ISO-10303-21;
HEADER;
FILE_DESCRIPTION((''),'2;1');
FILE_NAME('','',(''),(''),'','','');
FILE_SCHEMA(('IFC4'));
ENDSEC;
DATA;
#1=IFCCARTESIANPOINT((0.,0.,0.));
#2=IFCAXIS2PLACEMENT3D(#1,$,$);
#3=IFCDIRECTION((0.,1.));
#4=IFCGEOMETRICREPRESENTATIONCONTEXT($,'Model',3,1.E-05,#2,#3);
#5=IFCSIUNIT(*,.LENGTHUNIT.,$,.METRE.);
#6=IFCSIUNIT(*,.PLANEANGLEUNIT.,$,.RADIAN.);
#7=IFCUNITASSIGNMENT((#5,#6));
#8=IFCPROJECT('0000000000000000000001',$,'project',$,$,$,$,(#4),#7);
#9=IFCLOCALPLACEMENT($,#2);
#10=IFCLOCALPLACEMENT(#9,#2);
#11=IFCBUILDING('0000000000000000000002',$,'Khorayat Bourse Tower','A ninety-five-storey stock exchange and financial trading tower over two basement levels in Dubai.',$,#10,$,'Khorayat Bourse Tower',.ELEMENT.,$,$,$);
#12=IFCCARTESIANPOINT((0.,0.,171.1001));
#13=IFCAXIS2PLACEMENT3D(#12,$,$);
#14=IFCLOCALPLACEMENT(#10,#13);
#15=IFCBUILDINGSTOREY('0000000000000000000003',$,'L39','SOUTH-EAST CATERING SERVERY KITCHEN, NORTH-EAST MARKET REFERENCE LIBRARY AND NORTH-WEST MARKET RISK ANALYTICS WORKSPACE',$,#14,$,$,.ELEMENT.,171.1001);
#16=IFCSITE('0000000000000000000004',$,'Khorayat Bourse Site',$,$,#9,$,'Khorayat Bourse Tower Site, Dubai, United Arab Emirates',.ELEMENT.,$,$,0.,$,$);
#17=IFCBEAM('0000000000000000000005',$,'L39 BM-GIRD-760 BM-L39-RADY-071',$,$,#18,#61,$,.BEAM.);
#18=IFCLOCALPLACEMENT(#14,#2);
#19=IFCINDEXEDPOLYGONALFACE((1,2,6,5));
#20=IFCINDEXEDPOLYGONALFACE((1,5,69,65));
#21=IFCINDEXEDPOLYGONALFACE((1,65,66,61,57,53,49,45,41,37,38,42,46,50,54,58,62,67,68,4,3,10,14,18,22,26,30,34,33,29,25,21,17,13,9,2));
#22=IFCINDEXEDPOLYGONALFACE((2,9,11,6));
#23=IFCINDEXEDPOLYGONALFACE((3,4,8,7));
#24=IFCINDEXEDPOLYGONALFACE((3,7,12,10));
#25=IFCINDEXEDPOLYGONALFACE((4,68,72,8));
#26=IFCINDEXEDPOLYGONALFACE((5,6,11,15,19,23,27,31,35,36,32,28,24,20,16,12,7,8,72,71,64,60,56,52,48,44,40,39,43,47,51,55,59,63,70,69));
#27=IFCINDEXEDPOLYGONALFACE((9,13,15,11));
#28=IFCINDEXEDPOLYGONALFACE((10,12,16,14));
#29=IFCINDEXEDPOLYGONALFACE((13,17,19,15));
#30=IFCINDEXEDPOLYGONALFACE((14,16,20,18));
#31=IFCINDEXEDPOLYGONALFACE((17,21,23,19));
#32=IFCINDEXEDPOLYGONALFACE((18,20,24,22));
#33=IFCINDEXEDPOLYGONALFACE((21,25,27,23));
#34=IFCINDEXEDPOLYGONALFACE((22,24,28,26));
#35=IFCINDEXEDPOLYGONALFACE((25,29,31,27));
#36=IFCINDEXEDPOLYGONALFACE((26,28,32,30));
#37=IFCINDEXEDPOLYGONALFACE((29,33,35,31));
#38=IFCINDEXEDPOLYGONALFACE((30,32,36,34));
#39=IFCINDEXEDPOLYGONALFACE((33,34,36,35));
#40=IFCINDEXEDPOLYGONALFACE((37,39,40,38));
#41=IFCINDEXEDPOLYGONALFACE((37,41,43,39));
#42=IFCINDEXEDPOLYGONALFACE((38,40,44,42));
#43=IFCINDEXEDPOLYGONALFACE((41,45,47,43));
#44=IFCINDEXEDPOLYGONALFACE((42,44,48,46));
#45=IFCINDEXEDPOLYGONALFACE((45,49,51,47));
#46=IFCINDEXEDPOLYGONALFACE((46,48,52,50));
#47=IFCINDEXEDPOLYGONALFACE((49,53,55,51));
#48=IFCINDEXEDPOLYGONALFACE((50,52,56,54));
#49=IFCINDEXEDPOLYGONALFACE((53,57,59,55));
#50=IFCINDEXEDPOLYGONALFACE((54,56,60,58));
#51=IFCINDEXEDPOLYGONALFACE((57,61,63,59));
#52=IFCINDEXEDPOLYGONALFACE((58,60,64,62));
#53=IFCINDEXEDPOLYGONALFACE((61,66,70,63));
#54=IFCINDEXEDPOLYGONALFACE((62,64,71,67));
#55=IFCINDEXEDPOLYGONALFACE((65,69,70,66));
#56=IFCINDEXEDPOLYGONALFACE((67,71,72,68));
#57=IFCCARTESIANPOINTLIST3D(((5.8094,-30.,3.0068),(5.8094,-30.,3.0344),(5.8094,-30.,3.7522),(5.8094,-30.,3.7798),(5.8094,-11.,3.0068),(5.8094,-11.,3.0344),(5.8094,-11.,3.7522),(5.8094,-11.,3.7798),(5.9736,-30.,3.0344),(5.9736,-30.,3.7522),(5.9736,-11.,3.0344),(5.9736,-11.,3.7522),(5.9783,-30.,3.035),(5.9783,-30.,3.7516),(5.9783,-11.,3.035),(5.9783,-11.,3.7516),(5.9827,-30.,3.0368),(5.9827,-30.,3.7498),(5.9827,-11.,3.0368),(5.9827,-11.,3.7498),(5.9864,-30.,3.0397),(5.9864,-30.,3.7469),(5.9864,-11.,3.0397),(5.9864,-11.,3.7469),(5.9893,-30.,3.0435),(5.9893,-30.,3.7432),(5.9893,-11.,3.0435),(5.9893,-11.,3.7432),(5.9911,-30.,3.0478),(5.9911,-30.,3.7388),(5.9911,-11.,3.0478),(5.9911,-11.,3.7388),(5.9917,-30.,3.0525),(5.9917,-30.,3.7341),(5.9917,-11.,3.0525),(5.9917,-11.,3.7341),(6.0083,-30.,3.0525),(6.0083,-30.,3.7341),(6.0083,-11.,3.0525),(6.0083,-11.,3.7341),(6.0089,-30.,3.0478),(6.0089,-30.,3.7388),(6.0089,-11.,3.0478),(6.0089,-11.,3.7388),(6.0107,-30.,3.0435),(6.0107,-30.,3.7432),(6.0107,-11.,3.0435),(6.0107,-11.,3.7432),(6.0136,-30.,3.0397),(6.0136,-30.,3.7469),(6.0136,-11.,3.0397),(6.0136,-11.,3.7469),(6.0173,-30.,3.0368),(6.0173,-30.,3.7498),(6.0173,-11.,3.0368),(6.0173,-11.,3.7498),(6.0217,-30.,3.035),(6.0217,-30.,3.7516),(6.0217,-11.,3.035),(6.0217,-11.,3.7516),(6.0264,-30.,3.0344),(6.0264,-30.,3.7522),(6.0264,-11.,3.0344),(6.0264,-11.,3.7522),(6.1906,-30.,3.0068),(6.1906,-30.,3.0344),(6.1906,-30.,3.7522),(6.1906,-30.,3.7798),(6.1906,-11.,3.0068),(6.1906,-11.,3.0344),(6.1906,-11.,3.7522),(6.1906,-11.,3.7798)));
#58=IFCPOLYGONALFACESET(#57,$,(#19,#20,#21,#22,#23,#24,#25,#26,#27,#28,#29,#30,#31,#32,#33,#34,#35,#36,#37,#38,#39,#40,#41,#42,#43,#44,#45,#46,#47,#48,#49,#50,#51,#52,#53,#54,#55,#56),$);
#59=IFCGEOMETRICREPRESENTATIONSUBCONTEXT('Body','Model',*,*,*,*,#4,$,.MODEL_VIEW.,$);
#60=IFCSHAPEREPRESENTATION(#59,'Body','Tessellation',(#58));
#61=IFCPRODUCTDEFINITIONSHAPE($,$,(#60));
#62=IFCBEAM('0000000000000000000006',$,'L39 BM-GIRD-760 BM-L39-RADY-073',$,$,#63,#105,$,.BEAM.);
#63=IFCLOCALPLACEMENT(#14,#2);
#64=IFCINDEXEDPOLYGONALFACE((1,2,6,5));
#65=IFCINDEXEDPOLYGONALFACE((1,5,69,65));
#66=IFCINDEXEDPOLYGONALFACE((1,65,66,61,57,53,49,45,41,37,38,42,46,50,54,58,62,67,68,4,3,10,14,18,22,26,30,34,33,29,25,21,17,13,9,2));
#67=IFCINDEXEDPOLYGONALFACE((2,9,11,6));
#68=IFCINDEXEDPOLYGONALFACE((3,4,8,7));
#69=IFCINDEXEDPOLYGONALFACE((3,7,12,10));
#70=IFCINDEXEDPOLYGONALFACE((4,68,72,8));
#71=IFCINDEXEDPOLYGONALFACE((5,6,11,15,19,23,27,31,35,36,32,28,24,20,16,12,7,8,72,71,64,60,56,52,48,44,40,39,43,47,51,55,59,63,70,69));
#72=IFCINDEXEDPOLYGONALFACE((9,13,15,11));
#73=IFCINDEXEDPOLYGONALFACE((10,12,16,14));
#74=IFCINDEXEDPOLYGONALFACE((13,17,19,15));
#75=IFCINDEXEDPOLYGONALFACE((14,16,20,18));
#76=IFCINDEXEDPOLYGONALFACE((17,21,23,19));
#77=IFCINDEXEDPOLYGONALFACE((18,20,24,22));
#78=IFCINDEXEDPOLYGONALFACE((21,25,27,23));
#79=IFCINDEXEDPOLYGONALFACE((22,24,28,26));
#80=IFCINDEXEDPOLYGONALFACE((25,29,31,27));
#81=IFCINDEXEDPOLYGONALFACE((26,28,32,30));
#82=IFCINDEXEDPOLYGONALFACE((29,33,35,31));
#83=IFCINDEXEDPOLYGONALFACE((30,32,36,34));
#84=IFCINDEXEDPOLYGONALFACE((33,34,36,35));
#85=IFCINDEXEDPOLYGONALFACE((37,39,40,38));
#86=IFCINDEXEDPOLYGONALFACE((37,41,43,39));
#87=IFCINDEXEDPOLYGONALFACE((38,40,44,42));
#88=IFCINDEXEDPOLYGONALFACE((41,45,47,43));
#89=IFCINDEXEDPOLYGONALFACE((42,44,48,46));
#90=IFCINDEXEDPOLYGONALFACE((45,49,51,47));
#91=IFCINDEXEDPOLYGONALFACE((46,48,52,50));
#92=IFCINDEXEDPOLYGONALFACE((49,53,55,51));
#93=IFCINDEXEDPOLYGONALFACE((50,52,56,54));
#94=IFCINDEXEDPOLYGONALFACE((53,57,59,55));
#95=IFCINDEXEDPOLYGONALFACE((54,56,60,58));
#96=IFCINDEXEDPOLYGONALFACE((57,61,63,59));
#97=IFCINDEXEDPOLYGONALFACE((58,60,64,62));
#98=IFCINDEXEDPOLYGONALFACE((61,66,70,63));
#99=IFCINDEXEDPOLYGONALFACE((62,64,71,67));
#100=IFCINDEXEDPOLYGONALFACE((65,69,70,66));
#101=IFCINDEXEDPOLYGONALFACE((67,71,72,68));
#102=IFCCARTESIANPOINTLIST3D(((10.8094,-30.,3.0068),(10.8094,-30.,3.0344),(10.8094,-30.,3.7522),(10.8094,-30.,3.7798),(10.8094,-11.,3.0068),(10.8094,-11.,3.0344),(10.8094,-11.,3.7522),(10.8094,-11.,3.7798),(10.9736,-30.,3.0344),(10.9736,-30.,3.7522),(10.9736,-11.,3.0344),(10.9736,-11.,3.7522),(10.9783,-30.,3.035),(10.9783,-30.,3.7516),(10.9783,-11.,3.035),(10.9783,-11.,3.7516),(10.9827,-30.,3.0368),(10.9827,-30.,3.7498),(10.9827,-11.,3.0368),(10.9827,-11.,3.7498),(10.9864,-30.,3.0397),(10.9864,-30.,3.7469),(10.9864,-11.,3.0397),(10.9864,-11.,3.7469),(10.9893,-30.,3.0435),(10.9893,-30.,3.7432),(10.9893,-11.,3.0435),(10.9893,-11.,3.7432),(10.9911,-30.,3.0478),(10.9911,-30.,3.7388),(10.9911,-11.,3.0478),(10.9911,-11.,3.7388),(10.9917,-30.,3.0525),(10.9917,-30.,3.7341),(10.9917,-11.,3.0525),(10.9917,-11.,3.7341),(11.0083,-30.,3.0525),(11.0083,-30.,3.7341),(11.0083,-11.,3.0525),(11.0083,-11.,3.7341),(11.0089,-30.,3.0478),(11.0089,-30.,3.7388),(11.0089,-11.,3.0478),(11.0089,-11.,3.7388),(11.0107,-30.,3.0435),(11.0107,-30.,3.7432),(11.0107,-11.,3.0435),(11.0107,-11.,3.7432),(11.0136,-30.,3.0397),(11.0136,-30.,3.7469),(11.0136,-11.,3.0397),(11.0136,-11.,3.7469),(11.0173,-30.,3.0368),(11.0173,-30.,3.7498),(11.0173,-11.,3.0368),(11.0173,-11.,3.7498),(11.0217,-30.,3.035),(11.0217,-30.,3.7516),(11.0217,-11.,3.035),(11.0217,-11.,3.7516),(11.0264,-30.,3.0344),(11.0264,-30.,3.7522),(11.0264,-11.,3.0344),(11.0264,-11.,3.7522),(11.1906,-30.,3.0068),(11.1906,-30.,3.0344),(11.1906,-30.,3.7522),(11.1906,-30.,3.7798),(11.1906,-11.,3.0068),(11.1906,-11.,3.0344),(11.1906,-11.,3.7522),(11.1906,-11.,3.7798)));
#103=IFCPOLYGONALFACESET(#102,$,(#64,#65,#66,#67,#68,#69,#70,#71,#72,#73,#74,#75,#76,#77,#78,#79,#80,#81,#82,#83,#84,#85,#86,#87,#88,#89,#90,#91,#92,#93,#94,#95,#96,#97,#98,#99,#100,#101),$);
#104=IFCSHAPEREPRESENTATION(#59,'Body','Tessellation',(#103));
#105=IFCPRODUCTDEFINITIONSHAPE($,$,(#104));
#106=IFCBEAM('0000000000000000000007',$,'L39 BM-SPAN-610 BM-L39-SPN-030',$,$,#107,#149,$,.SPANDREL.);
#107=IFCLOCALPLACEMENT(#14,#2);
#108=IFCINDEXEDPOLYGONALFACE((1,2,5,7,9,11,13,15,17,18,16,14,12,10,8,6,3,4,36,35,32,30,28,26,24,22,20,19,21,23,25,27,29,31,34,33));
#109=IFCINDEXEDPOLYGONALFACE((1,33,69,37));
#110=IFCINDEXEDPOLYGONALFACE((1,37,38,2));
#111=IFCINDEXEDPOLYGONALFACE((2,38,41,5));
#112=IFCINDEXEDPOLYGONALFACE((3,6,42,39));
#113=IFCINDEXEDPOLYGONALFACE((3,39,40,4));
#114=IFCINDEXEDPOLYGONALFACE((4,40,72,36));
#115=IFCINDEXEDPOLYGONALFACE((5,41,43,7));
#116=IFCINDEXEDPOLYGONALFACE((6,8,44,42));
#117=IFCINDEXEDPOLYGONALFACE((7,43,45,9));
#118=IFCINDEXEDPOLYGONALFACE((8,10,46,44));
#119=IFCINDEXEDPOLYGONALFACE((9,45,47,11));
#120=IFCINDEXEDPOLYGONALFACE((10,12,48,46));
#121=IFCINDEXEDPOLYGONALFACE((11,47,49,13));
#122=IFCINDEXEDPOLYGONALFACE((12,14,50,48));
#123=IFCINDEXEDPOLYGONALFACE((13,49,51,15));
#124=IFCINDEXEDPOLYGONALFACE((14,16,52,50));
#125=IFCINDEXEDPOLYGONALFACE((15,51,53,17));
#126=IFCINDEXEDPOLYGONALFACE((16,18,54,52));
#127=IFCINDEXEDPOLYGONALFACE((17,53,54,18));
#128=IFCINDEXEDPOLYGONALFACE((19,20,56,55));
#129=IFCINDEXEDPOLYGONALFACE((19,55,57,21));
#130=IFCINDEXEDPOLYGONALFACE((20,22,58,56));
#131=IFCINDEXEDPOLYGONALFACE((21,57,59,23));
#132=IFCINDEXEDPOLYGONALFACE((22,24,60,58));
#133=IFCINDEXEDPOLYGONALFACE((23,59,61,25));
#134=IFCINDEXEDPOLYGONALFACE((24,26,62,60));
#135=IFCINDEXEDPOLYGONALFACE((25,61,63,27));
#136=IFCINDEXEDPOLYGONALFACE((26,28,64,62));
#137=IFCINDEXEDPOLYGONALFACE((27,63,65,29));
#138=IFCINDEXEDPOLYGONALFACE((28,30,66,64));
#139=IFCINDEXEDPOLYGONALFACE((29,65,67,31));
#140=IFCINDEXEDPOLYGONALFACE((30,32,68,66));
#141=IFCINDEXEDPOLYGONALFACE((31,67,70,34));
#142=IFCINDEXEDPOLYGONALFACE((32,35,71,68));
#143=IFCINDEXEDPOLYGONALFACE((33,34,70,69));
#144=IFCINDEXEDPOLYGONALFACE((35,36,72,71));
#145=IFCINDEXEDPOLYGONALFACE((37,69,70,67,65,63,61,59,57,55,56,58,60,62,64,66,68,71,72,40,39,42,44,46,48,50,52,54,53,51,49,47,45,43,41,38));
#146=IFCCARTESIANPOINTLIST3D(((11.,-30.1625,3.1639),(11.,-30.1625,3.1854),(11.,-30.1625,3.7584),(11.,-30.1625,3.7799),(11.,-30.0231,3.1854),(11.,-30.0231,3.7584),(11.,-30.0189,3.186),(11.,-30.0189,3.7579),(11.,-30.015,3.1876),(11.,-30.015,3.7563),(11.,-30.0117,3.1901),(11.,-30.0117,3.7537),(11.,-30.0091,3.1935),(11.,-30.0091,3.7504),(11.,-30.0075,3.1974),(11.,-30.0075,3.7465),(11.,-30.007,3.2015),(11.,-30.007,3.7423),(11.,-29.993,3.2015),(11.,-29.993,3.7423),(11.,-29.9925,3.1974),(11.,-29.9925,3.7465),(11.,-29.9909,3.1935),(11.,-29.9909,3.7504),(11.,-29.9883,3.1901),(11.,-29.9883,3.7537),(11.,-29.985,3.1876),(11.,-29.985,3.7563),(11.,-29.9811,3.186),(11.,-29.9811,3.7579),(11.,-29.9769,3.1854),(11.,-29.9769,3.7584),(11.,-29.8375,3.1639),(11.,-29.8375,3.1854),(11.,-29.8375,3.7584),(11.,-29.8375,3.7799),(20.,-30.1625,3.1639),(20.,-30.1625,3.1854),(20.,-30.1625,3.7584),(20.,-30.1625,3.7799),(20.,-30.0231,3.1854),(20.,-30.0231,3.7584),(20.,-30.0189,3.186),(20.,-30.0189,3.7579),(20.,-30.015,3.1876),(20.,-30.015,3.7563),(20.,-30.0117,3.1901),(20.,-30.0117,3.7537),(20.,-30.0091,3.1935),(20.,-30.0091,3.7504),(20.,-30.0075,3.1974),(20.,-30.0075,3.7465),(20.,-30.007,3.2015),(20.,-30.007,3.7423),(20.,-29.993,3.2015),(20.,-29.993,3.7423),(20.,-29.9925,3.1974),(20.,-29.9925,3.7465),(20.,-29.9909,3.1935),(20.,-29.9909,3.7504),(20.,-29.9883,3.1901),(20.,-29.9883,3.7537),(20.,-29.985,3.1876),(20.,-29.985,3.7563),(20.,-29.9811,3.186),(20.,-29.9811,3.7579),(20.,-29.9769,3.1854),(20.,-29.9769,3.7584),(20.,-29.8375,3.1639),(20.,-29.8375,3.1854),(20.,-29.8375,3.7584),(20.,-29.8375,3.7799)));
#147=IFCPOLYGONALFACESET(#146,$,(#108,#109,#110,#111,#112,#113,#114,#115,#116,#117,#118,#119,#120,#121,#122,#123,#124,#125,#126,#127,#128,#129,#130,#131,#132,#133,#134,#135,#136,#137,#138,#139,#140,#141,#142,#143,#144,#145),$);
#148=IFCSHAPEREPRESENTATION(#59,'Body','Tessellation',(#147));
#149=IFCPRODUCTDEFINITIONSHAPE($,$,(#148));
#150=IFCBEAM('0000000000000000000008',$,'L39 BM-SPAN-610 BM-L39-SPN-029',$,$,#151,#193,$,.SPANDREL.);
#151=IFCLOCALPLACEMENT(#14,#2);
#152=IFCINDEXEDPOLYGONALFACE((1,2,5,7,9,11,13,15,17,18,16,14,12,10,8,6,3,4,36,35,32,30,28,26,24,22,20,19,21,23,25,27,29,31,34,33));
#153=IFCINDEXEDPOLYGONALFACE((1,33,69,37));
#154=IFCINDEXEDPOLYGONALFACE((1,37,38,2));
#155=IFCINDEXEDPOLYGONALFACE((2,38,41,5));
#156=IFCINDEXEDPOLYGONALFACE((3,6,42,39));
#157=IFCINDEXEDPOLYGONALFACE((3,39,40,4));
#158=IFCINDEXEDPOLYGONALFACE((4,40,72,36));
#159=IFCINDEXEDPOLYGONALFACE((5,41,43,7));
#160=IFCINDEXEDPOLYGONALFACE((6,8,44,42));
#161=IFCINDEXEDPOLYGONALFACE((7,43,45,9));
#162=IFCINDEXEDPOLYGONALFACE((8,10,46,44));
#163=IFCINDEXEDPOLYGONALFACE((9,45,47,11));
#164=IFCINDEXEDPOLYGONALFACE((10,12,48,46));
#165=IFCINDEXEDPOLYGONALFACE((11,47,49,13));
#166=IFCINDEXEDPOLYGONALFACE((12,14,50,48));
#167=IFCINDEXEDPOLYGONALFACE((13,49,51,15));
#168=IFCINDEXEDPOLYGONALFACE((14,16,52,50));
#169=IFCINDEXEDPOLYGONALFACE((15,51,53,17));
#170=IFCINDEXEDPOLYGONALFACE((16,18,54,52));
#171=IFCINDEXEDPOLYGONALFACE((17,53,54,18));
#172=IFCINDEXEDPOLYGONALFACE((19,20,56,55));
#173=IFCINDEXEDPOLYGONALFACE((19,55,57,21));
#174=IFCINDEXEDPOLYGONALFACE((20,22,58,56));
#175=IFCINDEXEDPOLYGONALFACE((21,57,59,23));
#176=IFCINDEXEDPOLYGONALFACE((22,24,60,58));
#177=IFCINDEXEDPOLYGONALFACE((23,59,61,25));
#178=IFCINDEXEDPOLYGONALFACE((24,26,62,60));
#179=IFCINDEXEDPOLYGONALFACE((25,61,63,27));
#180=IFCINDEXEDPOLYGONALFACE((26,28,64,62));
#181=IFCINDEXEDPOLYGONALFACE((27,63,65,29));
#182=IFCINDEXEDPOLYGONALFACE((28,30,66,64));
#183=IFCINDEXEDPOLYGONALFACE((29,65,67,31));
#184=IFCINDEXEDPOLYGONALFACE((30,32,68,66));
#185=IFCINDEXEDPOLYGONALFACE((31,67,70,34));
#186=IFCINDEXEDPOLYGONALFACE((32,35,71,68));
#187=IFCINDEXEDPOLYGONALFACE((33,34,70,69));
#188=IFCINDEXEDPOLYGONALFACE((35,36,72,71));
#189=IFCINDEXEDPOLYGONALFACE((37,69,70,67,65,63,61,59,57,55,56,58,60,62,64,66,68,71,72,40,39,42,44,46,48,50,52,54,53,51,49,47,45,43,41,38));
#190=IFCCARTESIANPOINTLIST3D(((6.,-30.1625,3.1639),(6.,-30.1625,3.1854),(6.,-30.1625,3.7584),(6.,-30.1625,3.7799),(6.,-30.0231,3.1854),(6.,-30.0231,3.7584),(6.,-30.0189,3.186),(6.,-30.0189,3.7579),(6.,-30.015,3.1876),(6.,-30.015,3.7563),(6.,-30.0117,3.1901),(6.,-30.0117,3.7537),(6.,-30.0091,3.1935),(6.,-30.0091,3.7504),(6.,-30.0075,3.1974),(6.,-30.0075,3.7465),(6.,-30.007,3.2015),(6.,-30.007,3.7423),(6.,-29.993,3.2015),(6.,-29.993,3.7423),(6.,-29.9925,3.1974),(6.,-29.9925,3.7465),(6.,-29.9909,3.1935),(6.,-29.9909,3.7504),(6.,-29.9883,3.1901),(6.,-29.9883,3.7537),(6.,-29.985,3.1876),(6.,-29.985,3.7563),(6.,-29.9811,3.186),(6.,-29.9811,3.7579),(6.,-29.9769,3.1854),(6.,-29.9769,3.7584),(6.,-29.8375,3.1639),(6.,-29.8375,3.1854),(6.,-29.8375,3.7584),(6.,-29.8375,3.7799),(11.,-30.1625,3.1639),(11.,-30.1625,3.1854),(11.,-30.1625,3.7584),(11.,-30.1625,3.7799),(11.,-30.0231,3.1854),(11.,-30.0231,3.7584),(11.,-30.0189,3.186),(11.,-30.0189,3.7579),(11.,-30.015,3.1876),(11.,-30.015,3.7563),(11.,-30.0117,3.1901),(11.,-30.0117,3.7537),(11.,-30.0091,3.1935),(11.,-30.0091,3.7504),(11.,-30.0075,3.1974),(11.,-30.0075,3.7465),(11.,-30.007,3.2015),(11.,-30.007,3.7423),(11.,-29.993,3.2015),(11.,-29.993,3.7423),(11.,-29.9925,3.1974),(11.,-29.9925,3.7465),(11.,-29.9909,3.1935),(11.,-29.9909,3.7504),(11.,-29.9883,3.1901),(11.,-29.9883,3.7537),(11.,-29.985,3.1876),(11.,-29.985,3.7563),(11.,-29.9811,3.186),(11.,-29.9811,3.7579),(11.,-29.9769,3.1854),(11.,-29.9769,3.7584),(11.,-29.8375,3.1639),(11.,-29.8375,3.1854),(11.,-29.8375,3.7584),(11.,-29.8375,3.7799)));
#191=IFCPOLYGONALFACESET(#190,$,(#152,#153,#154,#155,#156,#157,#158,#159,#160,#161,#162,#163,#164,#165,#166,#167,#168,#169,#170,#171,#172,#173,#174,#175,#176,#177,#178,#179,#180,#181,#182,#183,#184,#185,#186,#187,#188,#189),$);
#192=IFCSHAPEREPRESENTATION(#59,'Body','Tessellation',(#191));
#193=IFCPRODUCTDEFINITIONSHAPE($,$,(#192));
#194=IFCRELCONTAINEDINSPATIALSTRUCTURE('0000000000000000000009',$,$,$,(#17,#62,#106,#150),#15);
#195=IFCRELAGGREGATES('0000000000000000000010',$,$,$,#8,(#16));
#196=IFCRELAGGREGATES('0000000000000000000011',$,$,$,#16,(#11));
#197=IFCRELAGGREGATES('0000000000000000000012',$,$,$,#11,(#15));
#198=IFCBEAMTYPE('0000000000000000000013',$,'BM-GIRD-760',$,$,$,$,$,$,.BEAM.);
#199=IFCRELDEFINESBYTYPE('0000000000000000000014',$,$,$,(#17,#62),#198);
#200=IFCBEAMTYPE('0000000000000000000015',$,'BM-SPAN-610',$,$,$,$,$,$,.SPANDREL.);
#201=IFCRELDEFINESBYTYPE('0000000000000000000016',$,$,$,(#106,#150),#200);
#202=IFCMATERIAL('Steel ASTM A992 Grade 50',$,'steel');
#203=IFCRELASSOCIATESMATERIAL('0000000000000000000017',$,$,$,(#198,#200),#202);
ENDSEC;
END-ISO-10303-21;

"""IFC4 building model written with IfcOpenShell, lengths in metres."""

from ifc_helpers import new_model, si_unit, direction, frame, origin, origin_2d, place, context, subcontext, project, spatial, i_section, extrude, source, transform, mapped, material, material_profile, profile_set, type_object, element, save


model = new_model("IFC4")

# Units and contexts
model_context = context("Model", 3, precision=1e-05, world=origin(), true_north=direction((0.0, 1.0)))
body_context = subcontext(model_context, "Body", "Model", "MODEL_VIEW")
ifc_project = project(units=[si_unit("LENGTHUNIT", "METRE"), si_unit("PLANEANGLEUNIT", "RADIAN")], contexts=[model_context])

# Site, building, storey
site_placement = place(None, origin())
site = spatial("IfcSite", under=ifc_project, at=site_placement, Name="Khorayat Bourse Site", LongName="Khorayat Bourse Tower Site, Dubai, United Arab Emirates", CompositionType="ELEMENT", RefElevation=0.0)
building_placement = place(site_placement, origin())
building = spatial("IfcBuilding", under=site, at=building_placement, Name="Khorayat Bourse Tower", Description="A ninety-five-storey stock exchange and financial trading tower over two basement levels in Dubai.", LongName="Khorayat Bourse Tower", CompositionType="ELEMENT")
storey_placement = place(building_placement, frame((0.0, 0.0, 171.1001)))
storey = spatial("IfcBuildingStorey", under=building, at=storey_placement, Name="L39", Description="SOUTH-EAST CATERING SERVERY KITCHEN, NORTH-EAST MARKET REFERENCE LIBRARY AND NORTH-WEST MARKET RISK ANALYTICS WORKSPACE", CompositionType="ELEMENT", Elevation=171.1001)

# Beams
ifc_material_1 = material(Name="Steel ASTM A992 Grade 50", Category="steel")
ifc_material_profile_1 = material_profile(ifc_material_1, i_section(OverallWidth=0.3811, OverallDepth=0.7729, WebThickness=0.0166, FlangeThickness=0.0276, FilletRadius=0.0181, at=origin_2d()), Name="W760X257")
ifc_profile_set_1 = profile_set([ifc_material_profile_1], Name="Steel ASTM A992 Grade 50")
beam_type_1 = type_object("IfcBeamType", Name="BM-GIRD-760", PredefinedType="BEAM", material=ifc_profile_set_1)
shared_shape_1 = source(origin(), body_context, "Body", "SweptSolid", [
    extrude(i_section(OverallWidth=0.3811, OverallDepth=0.7729, WebThickness=0.0166, FlangeThickness=0.0276, FilletRadius=0.0181, at=origin_2d()), origin(), (0.0, 0.0, 1.0), 19.0),
])
for number, where, z_axis, x_axis, name in (
    (1, (6.0, -30.0, 3.3933), (0.0, 1.0, 0.0), (-1.0, 0.0, 0.0), "L39 BM-GIRD-760 BM-L39-RADY-071"),
    (2, (11.0, -30.0, 3.3933), (0.0, 1.0, 0.0), (-1.0, 0.0, 0.0), "L39 BM-GIRD-760 BM-L39-RADY-073"),
):
    element("IfcBeam", number, at=place(storey_placement, frame(where, z_axis=z_axis, x_axis=x_axis)), inside=storey, type_object=beam_type_1, Name=name, PredefinedType="BEAM", context=body_context, shape_type="MappedRepresentation", body=[
        mapped(shared_shape_1, transform((0.0, 0.0, 0.0), scale=1.0)),
    ])
ifc_material_profile_2 = material_profile(ifc_material_1, i_section(OverallWidth=0.325, OverallDepth=0.616, WebThickness=0.0139, FlangeThickness=0.0215, FilletRadius=0.0161, at=origin_2d()), Name="W610X174")
ifc_profile_set_2 = profile_set([ifc_material_profile_2], Name="Steel ASTM A992 Grade 50")
beam_type_2 = type_object("IfcBeamType", Name="BM-SPAN-610", PredefinedType="SPANDREL", material=ifc_profile_set_2)
shared_shape_2 = source(origin(), body_context, "Body", "SweptSolid", [
    extrude(i_section(OverallWidth=0.325, OverallDepth=0.616, WebThickness=0.0139, FlangeThickness=0.0215, FilletRadius=0.0161, at=origin_2d()), origin(), (0.0, 0.0, 1.0), 9.0),
])
beam_1_placement = place(storey_placement, frame((11.0, -30.0, 3.4719), z_axis=(1.0, 0.0, 0.0), x_axis=(0.0, 1.0, 0.0)))
element("IfcBeam", 3, at=beam_1_placement, inside=storey, type_object=beam_type_2, Name="L39 BM-SPAN-610 BM-L39-SPN-030", PredefinedType="SPANDREL", context=body_context, shape_type="MappedRepresentation", body=[
    mapped(shared_shape_2, transform((0.0, 0.0, 0.0), scale=1.0)),
])
shared_shape_3 = source(origin(), body_context, "Body", "SweptSolid", [
    extrude(i_section(OverallWidth=0.325, OverallDepth=0.616, WebThickness=0.0139, FlangeThickness=0.0215, FilletRadius=0.0161, at=origin_2d()), origin(), (0.0, 0.0, 1.0), 5.0),
])
beam_2_placement = place(storey_placement, frame((6.0, -30.0, 3.4719), z_axis=(1.0, 0.0, 0.0), x_axis=(0.0, 1.0, 0.0)))
element("IfcBeam", 4, at=beam_2_placement, inside=storey, type_object=beam_type_2, Name="L39 BM-SPAN-610 BM-L39-SPN-029", PredefinedType="SPANDREL", context=body_context, shape_type="MappedRepresentation", body=[
    mapped(shared_shape_3, transform((0.0, 0.0, 0.0), scale=1.0)),
])

save(model, "model.ifc")
